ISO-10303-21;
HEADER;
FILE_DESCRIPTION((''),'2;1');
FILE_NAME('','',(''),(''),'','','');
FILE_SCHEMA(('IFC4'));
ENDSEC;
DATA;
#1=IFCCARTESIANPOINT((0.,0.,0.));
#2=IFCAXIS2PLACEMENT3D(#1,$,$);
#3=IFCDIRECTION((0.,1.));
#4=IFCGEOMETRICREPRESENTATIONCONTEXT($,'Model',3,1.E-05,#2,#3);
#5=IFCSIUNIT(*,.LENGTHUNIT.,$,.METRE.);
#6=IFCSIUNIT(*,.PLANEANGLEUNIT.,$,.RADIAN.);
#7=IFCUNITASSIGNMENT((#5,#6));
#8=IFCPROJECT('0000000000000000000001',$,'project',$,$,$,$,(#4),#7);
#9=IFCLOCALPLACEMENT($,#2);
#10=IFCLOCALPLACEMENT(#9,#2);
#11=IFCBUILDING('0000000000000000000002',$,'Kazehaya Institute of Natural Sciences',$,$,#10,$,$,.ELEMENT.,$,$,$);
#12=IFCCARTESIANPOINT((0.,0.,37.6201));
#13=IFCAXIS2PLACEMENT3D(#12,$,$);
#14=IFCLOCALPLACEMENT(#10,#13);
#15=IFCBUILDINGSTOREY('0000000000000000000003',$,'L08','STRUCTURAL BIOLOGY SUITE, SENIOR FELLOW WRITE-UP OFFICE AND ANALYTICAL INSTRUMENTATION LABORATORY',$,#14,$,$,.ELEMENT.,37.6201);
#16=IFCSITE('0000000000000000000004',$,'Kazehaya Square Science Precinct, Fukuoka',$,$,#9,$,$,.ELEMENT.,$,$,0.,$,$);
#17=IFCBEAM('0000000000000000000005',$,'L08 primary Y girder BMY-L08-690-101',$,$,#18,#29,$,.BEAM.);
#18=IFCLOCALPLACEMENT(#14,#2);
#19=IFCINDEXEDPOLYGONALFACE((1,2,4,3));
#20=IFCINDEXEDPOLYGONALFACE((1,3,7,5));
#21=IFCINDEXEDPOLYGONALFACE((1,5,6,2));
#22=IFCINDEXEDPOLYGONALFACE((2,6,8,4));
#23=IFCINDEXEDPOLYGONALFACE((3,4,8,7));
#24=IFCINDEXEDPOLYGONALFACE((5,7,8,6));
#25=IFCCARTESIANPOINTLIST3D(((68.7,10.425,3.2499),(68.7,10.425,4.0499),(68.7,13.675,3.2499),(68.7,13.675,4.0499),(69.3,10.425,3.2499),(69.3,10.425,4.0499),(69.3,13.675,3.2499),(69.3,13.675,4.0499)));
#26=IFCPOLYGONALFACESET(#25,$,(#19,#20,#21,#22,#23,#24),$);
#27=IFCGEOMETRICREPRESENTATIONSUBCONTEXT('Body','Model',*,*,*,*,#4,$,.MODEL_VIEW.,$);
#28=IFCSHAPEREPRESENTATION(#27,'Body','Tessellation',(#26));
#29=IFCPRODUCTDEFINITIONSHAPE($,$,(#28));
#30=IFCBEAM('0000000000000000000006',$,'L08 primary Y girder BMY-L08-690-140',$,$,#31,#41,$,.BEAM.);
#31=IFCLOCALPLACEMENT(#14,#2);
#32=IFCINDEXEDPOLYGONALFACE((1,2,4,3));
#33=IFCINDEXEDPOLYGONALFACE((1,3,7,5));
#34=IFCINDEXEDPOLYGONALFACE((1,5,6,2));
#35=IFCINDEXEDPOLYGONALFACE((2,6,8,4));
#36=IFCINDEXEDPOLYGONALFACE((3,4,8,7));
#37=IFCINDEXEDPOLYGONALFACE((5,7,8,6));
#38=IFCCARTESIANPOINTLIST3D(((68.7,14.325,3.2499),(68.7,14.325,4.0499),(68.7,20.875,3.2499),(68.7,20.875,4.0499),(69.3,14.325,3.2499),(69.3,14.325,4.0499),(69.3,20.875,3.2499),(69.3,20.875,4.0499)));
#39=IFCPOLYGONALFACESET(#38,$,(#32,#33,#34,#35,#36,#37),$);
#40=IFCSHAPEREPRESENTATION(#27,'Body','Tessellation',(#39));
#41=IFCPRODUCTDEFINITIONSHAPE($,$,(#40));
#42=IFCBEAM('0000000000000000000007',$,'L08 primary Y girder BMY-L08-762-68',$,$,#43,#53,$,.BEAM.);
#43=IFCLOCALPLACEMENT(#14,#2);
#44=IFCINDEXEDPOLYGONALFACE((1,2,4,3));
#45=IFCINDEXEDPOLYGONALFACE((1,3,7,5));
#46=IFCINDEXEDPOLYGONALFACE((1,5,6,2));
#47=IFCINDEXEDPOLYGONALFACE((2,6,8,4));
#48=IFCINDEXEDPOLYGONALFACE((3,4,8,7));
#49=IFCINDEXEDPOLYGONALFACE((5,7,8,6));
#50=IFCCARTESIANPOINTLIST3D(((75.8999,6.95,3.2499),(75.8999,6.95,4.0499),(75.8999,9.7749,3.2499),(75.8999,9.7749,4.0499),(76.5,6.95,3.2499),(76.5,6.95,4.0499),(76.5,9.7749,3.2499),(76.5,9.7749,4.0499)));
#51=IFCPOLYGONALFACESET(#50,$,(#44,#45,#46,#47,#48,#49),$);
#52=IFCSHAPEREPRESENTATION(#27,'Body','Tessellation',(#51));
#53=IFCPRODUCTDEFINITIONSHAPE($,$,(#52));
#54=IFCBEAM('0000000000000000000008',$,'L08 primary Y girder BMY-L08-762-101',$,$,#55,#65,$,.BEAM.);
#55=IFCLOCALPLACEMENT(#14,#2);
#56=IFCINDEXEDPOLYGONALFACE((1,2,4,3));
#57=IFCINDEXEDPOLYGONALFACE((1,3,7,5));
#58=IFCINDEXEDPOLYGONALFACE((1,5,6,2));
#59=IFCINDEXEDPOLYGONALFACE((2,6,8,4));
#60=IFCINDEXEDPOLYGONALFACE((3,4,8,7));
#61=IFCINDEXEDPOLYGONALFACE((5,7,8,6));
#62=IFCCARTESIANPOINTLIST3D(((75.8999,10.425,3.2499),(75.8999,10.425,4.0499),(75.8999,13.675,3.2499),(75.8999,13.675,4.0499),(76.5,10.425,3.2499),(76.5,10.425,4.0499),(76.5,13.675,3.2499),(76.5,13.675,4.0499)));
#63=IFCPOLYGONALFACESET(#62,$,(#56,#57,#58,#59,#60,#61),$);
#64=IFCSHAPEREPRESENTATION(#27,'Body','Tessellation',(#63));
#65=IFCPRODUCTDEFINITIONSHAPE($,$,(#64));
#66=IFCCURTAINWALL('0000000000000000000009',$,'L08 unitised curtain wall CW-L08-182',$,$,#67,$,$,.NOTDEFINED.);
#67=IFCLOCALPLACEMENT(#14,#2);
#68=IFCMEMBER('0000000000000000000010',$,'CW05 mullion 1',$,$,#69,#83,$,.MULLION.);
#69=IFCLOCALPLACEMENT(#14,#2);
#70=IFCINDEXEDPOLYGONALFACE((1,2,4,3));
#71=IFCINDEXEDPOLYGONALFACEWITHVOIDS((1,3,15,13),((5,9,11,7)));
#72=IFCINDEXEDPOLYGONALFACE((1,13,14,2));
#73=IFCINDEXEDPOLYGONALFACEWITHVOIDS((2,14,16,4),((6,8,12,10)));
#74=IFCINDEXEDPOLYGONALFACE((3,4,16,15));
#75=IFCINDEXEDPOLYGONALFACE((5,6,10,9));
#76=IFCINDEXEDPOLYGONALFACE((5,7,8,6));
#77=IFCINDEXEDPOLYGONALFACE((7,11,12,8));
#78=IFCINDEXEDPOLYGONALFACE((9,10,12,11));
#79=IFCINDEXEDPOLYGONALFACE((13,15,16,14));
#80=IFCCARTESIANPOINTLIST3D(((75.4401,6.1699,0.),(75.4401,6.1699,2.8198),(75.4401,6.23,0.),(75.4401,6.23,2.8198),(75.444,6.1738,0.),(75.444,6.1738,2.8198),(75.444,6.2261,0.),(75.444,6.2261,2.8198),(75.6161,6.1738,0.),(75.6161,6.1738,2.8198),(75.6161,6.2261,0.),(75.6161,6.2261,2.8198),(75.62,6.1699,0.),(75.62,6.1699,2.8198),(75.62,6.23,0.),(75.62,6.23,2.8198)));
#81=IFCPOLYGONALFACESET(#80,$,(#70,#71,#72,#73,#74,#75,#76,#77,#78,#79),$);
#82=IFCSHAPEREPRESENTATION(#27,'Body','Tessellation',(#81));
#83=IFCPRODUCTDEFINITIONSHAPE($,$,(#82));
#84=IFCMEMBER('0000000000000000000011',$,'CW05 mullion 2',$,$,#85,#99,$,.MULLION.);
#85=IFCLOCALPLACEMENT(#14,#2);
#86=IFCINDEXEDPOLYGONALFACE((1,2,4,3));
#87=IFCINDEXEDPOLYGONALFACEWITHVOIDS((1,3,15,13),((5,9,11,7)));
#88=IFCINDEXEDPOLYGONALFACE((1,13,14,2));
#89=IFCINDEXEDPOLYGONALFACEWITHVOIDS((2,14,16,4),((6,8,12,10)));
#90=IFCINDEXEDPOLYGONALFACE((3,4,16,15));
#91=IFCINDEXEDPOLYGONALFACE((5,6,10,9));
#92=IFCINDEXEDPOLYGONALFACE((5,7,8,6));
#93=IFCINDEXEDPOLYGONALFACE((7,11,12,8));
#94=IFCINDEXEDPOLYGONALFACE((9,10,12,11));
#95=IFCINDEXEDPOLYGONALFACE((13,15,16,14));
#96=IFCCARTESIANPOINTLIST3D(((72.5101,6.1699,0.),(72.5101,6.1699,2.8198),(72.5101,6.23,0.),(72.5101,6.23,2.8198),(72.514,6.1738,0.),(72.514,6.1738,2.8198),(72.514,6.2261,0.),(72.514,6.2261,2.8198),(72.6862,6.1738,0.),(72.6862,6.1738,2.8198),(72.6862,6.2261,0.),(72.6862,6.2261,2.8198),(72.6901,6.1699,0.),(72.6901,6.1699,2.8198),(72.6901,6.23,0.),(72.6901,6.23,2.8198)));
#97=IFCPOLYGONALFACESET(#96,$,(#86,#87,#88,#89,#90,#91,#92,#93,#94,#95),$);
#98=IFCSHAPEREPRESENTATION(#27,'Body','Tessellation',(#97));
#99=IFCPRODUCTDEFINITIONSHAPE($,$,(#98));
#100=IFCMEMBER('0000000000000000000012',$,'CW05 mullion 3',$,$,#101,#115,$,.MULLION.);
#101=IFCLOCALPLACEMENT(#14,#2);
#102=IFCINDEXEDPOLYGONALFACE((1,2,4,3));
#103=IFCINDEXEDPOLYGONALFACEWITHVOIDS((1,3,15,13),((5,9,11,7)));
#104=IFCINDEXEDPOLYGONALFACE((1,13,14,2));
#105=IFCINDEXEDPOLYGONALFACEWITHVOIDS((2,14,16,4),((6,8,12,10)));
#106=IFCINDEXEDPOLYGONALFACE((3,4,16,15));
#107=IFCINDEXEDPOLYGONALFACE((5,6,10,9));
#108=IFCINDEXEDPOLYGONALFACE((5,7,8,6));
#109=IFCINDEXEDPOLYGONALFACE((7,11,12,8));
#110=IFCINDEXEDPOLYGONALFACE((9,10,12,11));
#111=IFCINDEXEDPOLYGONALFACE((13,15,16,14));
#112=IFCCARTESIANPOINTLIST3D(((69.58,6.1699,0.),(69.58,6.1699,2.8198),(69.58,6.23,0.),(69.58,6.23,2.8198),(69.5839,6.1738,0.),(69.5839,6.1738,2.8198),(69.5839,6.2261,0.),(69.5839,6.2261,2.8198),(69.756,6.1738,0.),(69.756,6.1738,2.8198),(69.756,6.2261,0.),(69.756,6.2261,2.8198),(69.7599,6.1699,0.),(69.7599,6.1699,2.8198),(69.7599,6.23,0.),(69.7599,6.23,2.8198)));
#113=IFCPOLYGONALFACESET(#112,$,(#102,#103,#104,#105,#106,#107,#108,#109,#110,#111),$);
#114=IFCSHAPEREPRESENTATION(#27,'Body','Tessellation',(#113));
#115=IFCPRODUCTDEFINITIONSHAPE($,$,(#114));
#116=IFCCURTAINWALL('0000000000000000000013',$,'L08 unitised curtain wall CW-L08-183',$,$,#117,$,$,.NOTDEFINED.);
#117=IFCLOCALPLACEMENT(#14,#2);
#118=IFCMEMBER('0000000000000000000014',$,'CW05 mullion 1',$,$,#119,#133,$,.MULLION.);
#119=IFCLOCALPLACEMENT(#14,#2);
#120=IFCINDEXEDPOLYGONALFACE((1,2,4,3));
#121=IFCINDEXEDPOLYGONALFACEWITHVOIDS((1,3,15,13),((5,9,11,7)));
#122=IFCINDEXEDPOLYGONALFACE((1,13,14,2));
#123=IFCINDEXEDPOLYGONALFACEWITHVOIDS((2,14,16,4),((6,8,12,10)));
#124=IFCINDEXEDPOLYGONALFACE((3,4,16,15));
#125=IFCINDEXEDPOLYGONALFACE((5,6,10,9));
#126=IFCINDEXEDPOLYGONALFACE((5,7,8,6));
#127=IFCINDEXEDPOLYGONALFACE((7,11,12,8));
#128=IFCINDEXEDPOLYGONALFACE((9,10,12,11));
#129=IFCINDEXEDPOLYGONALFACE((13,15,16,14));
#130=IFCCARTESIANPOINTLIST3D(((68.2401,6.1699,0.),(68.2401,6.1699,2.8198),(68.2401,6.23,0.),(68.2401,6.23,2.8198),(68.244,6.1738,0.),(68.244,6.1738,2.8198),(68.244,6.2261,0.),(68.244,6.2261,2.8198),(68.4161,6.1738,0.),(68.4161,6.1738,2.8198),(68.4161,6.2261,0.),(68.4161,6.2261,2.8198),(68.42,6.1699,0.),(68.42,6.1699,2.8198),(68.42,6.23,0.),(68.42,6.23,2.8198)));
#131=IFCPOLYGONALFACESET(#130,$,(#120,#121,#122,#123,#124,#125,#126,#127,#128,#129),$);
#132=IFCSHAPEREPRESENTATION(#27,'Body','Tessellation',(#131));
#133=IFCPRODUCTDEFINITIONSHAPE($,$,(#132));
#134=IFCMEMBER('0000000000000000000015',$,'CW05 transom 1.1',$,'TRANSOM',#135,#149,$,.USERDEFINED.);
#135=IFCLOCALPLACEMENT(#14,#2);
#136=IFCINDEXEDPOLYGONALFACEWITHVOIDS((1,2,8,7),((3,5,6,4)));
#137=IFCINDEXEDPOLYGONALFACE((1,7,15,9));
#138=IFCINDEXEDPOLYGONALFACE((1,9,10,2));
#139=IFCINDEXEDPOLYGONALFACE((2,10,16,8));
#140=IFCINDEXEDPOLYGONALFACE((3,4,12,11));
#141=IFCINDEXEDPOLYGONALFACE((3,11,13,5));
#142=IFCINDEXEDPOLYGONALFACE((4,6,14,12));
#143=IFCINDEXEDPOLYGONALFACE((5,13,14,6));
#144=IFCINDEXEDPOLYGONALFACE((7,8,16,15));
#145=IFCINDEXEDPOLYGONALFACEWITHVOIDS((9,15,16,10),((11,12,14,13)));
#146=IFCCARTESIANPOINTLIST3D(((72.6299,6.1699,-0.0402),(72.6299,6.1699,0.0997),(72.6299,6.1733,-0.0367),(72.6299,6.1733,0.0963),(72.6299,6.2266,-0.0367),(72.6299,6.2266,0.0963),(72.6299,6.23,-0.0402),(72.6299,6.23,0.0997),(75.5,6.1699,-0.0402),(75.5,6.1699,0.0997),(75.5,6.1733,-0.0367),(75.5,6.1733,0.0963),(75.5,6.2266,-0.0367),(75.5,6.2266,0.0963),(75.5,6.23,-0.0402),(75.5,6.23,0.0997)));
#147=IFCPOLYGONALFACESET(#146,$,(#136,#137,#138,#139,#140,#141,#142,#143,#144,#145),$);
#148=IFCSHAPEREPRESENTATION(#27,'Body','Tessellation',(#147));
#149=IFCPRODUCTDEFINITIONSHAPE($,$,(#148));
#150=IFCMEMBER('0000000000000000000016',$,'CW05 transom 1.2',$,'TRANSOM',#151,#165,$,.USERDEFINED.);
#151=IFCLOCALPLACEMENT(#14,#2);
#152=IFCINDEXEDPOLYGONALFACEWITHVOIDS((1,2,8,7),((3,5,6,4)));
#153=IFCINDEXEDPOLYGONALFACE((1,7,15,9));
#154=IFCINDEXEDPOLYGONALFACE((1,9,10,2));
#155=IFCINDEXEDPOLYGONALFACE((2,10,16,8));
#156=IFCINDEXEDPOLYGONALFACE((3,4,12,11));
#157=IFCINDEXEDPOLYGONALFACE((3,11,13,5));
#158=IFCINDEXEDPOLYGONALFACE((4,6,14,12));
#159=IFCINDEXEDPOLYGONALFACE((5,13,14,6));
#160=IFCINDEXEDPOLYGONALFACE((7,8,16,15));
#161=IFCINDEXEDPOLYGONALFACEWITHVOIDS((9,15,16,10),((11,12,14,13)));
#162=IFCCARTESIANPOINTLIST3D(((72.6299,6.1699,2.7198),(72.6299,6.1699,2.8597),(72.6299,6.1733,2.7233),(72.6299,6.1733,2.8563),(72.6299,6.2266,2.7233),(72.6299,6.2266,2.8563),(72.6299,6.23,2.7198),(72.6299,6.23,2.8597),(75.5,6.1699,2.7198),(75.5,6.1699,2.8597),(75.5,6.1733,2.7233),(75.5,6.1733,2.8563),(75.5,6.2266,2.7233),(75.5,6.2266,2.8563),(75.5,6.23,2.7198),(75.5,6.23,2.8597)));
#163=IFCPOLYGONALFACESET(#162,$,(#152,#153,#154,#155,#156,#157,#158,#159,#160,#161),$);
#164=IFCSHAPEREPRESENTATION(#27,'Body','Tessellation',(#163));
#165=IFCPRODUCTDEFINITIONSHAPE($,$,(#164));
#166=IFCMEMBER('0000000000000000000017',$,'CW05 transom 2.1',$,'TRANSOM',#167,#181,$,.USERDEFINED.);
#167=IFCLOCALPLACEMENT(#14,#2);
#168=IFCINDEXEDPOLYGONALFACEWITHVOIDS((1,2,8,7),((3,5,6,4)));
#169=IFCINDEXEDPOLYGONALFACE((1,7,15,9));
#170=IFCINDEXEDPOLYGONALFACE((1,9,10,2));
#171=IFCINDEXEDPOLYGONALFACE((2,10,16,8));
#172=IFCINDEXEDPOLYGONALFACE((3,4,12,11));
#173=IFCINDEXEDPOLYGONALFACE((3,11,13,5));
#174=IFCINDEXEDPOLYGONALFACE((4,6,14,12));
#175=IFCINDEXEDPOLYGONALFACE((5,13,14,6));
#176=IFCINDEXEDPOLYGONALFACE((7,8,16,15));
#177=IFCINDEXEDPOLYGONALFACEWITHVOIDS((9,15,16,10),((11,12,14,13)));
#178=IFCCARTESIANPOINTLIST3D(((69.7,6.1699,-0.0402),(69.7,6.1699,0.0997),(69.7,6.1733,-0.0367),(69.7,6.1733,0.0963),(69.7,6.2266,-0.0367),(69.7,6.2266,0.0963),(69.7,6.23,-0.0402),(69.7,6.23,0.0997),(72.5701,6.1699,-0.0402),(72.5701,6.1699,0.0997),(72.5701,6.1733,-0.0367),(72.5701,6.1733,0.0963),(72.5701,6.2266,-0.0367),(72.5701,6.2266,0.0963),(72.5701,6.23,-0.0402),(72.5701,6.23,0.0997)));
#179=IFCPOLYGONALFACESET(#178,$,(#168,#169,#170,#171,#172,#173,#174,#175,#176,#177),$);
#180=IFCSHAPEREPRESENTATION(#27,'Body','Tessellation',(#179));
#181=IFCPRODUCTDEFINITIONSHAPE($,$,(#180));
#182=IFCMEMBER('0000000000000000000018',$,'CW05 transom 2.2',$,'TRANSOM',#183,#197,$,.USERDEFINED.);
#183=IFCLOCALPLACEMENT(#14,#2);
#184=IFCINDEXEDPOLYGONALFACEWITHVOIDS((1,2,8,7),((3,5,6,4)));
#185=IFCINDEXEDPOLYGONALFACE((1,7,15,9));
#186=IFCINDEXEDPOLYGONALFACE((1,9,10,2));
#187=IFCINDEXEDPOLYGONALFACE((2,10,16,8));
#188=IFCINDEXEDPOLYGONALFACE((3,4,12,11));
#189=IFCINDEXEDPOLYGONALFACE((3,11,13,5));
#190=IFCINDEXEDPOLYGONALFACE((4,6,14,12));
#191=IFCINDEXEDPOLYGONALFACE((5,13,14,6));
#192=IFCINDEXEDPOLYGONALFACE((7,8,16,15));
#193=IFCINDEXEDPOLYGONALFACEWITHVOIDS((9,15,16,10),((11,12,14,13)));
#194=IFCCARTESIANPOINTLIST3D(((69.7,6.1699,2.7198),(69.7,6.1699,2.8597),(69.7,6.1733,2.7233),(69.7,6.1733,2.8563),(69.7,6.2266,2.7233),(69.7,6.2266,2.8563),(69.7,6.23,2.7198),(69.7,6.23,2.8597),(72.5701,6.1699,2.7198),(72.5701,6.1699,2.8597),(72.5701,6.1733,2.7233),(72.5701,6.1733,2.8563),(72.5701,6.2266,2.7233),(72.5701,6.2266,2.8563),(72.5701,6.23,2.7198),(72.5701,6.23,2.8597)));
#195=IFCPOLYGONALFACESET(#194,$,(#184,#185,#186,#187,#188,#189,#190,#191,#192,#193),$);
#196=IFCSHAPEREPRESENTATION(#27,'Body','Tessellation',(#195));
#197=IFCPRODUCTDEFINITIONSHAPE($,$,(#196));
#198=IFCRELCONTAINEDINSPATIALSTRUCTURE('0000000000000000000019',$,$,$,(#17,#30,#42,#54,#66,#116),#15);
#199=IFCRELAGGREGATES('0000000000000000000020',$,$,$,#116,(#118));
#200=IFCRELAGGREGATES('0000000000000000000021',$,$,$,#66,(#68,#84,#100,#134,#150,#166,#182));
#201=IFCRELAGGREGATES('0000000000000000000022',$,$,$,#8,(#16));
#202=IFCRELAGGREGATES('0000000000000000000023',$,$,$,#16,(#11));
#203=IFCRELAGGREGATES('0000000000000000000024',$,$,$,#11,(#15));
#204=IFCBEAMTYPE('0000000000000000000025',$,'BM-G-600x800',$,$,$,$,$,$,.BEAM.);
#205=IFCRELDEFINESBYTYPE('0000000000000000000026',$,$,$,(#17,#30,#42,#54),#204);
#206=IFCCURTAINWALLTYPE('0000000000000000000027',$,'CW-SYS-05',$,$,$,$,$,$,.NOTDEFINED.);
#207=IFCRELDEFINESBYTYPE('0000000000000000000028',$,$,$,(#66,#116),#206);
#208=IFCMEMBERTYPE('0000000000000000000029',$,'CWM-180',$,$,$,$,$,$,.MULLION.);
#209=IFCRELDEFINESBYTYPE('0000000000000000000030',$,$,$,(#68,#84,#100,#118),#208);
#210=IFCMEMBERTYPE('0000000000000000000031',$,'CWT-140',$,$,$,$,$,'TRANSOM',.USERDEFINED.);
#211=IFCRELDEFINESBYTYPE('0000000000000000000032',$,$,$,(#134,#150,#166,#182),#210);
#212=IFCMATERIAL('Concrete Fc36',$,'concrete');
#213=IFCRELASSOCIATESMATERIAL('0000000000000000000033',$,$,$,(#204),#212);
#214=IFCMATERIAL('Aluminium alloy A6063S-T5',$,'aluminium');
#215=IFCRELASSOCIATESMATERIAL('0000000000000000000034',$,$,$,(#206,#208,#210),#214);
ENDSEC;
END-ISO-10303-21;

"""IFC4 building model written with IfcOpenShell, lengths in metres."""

from ifc_helpers import new_model, si_unit, direction, frame, origin, origin_2d, place, context, subcontext, project, spatial, rectangle, hollow_rectangle, extrude, material, material_profile, profile_set, type_object, element, aggregate, save


model = new_model("IFC4")

# Units and contexts
model_context = context("Model", 3, precision=1e-05, world=origin(), true_north=direction((0.0, 1.0)))
body_context = subcontext(model_context, "Body", "Model", "MODEL_VIEW")
ifc_project = project(units=[si_unit("LENGTHUNIT", "METRE"), si_unit("PLANEANGLEUNIT", "RADIAN")], contexts=[model_context])

# Site, building, storey
site_placement = place(None, origin())
site = spatial("IfcSite", under=ifc_project, at=site_placement, Name="Kazehaya Square Science Precinct, Fukuoka", CompositionType="ELEMENT", RefElevation=0.0)
building_placement = place(site_placement, origin())
building = spatial("IfcBuilding", under=site, at=building_placement, Name="Kazehaya Institute of Natural Sciences", CompositionType="ELEMENT")
storey_placement = place(building_placement, frame((0.0, 0.0, 37.6201)))
storey = spatial("IfcBuildingStorey", under=building, at=storey_placement, Name="L08", Description="STRUCTURAL BIOLOGY SUITE, SENIOR FELLOW WRITE-UP OFFICE AND ANALYTICAL INSTRUMENTATION LABORATORY", CompositionType="ELEMENT", Elevation=37.6201)

# Shared definitions
ifc_material_1 = material(Name="Concrete Fc36", Category="concrete")

# Beams
ifc_material_profile_1 = material_profile(ifc_material_1, rectangle(XDim=0.6001, YDim=0.8, at=origin_2d()), Name="RC-600x800")
ifc_profile_set_1 = profile_set([ifc_material_profile_1], Name="Concrete Fc36")
beam_type = type_object("IfcBeamType", Name="BM-G-600x800", PredefinedType="BEAM", material=ifc_profile_set_1)
beam_1_placement = place(storey_placement, frame((69.0, 10.425, 3.6499), z_axis=(0.0, 1.0, 0.0), x_axis=(-1.0, 0.0, 0.0)))
element("IfcBeam", 1, at=beam_1_placement, inside=storey, type_object=beam_type, Name="L08 primary Y girder BMY-L08-690-101", PredefinedType="BEAM", context=body_context, shape_type="SweptSolid", body=[
    extrude(rectangle(XDim=0.6001, YDim=0.8, at=origin_2d()), origin(), (0.0, 0.0, 1.0), 3.25),
])
beam_2_placement = place(storey_placement, frame((69.0, 14.325, 3.6499), z_axis=(0.0, 1.0, 0.0), x_axis=(-1.0, 0.0, 0.0)))
element("IfcBeam", 2, at=beam_2_placement, inside=storey, type_object=beam_type, Name="L08 primary Y girder BMY-L08-690-140", PredefinedType="BEAM", context=body_context, shape_type="SweptSolid", body=[
    extrude(rectangle(XDim=0.6001, YDim=0.8, at=origin_2d()), origin(), (0.0, 0.0, 1.0), 6.55),
])
beam_3_placement = place(storey_placement, frame((76.2, 6.95, 3.6499), z_axis=(0.0, 1.0, 0.0), x_axis=(-1.0, 0.0, 0.0)))
element("IfcBeam", 3, at=beam_3_placement, inside=storey, type_object=beam_type, Name="L08 primary Y girder BMY-L08-762-68", PredefinedType="BEAM", context=body_context, shape_type="SweptSolid", body=[
    extrude(rectangle(XDim=0.6001, YDim=0.8, at=origin_2d()), origin(), (0.0, 0.0, 1.0), 2.825),
])
beam_4_placement = place(storey_placement, frame((76.2, 10.425, 3.6499), z_axis=(0.0, 1.0, 0.0), x_axis=(-1.0, 0.0, 0.0)))
element("IfcBeam", 4, at=beam_4_placement, inside=storey, type_object=beam_type, Name="L08 primary Y girder BMY-L08-762-101", PredefinedType="BEAM", context=body_context, shape_type="SweptSolid", body=[
    extrude(rectangle(XDim=0.6001, YDim=0.8, at=origin_2d()), origin(), (0.0, 0.0, 1.0), 3.25),
])

# Curtain wall, members
ifc_material_2 = material(Name="Aluminium alloy A6063S-T5", Category="aluminium")
curtain_wall_type = type_object("IfcCurtainWallType", Name="CW-SYS-05", PredefinedType="NOTDEFINED", material=ifc_material_2)
curtain_wall_1_placement = place(storey_placement, origin())
curtain_wall_1 = element("IfcCurtainWall", 5, at=curtain_wall_1_placement, inside=storey, type_object=curtain_wall_type, Name="L08 unitised curtain wall CW-L08-182", PredefinedType="NOTDEFINED")
ifc_material_profile_2 = material_profile(ifc_material_2, hollow_rectangle(XDim=0.0601, YDim=0.1799, WallThickness=0.0039, at=origin_2d()), Name="ALU-60x180x4")
ifc_profile_set_2 = profile_set([ifc_material_profile_2], Name="Aluminium alloy A6063S-T5")
member_type_1 = type_object("IfcMemberType", Name="CWM-180", PredefinedType="MULLION", material=ifc_profile_set_2)
member_1_placement = place(storey_placement, frame((75.53, 6.2, 0.0), z_axis=(0.0, 0.0, 1.0), x_axis=(0.0, -1.0, 0.0)))
member_1 = element("IfcMember", 6, at=member_1_placement, type_object=member_type_1, Name="CW05 mullion 1", PredefinedType="MULLION", context=body_context, shape_type="SweptSolid", body=[
    extrude(hollow_rectangle(XDim=0.0601, YDim=0.1799, WallThickness=0.0039, at=origin_2d()), origin(), (0.0, 0.0, 1.0), 2.8198),
])
member_2_placement = place(storey_placement, frame((72.6001, 6.2, 0.0), z_axis=(0.0, 0.0, 1.0), x_axis=(0.0, -1.0, 0.0)))
member_2 = element("IfcMember", 7, at=member_2_placement, type_object=member_type_1, Name="CW05 mullion 2", PredefinedType="MULLION", context=body_context, shape_type="SweptSolid", body=[
    extrude(hollow_rectangle(XDim=0.0601, YDim=0.1799, WallThickness=0.0039, at=origin_2d()), origin(), (0.0, 0.0, 1.0), 2.8198),
])
member_3_placement = place(storey_placement, frame((69.6699, 6.2, 0.0), z_axis=(0.0, 0.0, 1.0), x_axis=(0.0, -1.0, 0.0)))
member_3 = element("IfcMember", 8, at=member_3_placement, type_object=member_type_1, Name="CW05 mullion 3", PredefinedType="MULLION", context=body_context, shape_type="SweptSolid", body=[
    extrude(hollow_rectangle(XDim=0.0601, YDim=0.1799, WallThickness=0.0039, at=origin_2d()), origin(), (0.0, 0.0, 1.0), 2.8198),
])

# Curtain wall, member
curtain_wall_2_placement = place(storey_placement, origin())
curtain_wall_2 = element("IfcCurtainWall", 9, at=curtain_wall_2_placement, inside=storey, type_object=curtain_wall_type, Name="L08 unitised curtain wall CW-L08-183", PredefinedType="NOTDEFINED")
member_4_placement = place(storey_placement, frame((68.3301, 6.2, 0.0), z_axis=(0.0, 0.0, 1.0), x_axis=(0.0, -1.0, 0.0)))
member_4 = element("IfcMember", 10, at=member_4_placement, type_object=member_type_1, Name="CW05 mullion 1", PredefinedType="MULLION", context=body_context, shape_type="SweptSolid", body=[
    extrude(hollow_rectangle(XDim=0.0601, YDim=0.1799, WallThickness=0.0039, at=origin_2d()), origin(), (0.0, 0.0, 1.0), 2.8198),
])

# Members
ifc_material_profile_3 = material_profile(ifc_material_2, hollow_rectangle(XDim=0.0601, YDim=0.1399, WallThickness=0.0034, at=origin_2d()), Name="ALU-60x140x3.5")
ifc_profile_set_3 = profile_set([ifc_material_profile_3], Name="Aluminium alloy A6063S-T5")
member_type_2 = type_object("IfcMemberType", Name="CWT-140", ElementType="TRANSOM", PredefinedType="USERDEFINED", material=ifc_profile_set_3)
member_5_placement = place(storey_placement, frame((75.5, 6.2, 0.0298), z_axis=(-1.0, 0.0, 0.0), x_axis=(0.0, -1.0, 0.0)))
member_5 = element("IfcMember", 11, at=member_5_placement, type_object=member_type_2, Name="CW05 transom 1.1", ObjectType="TRANSOM", PredefinedType="USERDEFINED", context=body_context, shape_type="SweptSolid", body=[
    extrude(hollow_rectangle(XDim=0.0601, YDim=0.1399, WallThickness=0.0034, at=origin_2d()), origin(), (0.0, 0.0, 1.0), 2.8701),
])
member_6_placement = place(storey_placement, frame((75.5, 6.2, 2.7898), z_axis=(-1.0, 0.0, 0.0), x_axis=(0.0, -1.0, 0.0)))
member_6 = element("IfcMember", 12, at=member_6_placement, type_object=member_type_2, Name="CW05 transom 1.2", ObjectType="TRANSOM", PredefinedType="USERDEFINED", context=body_context, shape_type="SweptSolid", body=[
    extrude(hollow_rectangle(XDim=0.0601, YDim=0.1399, WallThickness=0.0034, at=origin_2d()), origin(), (0.0, 0.0, 1.0), 2.8701),
])
member_7_placement = place(storey_placement, frame((72.5701, 6.2, 0.0298), z_axis=(-1.0, 0.0, 0.0), x_axis=(0.0, -1.0, 0.0)))
member_7 = element("IfcMember", 13, at=member_7_placement, type_object=member_type_2, Name="CW05 transom 2.1", ObjectType="TRANSOM", PredefinedType="USERDEFINED", context=body_context, shape_type="SweptSolid", body=[
    extrude(hollow_rectangle(XDim=0.0601, YDim=0.1399, WallThickness=0.0034, at=origin_2d()), origin(), (0.0, 0.0, 1.0), 2.8701),
])
member_8_placement = place(storey_placement, frame((72.5701, 6.2, 2.7898), z_axis=(-1.0, 0.0, 0.0), x_axis=(0.0, -1.0, 0.0)))
member_8 = element("IfcMember", 14, at=member_8_placement, type_object=member_type_2, Name="CW05 transom 2.2", ObjectType="TRANSOM", PredefinedType="USERDEFINED", context=body_context, shape_type="SweptSolid", body=[
    extrude(hollow_rectangle(XDim=0.0601, YDim=0.1399, WallThickness=0.0034, at=origin_2d()), origin(), (0.0, 0.0, 1.0), 2.8701),
])
aggregate(curtain_wall_2, [member_4])

aggregate(curtain_wall_1, [member_1, member_2, member_3, member_5, member_6, member_7, member_8])

save(model, "model.ifc")
